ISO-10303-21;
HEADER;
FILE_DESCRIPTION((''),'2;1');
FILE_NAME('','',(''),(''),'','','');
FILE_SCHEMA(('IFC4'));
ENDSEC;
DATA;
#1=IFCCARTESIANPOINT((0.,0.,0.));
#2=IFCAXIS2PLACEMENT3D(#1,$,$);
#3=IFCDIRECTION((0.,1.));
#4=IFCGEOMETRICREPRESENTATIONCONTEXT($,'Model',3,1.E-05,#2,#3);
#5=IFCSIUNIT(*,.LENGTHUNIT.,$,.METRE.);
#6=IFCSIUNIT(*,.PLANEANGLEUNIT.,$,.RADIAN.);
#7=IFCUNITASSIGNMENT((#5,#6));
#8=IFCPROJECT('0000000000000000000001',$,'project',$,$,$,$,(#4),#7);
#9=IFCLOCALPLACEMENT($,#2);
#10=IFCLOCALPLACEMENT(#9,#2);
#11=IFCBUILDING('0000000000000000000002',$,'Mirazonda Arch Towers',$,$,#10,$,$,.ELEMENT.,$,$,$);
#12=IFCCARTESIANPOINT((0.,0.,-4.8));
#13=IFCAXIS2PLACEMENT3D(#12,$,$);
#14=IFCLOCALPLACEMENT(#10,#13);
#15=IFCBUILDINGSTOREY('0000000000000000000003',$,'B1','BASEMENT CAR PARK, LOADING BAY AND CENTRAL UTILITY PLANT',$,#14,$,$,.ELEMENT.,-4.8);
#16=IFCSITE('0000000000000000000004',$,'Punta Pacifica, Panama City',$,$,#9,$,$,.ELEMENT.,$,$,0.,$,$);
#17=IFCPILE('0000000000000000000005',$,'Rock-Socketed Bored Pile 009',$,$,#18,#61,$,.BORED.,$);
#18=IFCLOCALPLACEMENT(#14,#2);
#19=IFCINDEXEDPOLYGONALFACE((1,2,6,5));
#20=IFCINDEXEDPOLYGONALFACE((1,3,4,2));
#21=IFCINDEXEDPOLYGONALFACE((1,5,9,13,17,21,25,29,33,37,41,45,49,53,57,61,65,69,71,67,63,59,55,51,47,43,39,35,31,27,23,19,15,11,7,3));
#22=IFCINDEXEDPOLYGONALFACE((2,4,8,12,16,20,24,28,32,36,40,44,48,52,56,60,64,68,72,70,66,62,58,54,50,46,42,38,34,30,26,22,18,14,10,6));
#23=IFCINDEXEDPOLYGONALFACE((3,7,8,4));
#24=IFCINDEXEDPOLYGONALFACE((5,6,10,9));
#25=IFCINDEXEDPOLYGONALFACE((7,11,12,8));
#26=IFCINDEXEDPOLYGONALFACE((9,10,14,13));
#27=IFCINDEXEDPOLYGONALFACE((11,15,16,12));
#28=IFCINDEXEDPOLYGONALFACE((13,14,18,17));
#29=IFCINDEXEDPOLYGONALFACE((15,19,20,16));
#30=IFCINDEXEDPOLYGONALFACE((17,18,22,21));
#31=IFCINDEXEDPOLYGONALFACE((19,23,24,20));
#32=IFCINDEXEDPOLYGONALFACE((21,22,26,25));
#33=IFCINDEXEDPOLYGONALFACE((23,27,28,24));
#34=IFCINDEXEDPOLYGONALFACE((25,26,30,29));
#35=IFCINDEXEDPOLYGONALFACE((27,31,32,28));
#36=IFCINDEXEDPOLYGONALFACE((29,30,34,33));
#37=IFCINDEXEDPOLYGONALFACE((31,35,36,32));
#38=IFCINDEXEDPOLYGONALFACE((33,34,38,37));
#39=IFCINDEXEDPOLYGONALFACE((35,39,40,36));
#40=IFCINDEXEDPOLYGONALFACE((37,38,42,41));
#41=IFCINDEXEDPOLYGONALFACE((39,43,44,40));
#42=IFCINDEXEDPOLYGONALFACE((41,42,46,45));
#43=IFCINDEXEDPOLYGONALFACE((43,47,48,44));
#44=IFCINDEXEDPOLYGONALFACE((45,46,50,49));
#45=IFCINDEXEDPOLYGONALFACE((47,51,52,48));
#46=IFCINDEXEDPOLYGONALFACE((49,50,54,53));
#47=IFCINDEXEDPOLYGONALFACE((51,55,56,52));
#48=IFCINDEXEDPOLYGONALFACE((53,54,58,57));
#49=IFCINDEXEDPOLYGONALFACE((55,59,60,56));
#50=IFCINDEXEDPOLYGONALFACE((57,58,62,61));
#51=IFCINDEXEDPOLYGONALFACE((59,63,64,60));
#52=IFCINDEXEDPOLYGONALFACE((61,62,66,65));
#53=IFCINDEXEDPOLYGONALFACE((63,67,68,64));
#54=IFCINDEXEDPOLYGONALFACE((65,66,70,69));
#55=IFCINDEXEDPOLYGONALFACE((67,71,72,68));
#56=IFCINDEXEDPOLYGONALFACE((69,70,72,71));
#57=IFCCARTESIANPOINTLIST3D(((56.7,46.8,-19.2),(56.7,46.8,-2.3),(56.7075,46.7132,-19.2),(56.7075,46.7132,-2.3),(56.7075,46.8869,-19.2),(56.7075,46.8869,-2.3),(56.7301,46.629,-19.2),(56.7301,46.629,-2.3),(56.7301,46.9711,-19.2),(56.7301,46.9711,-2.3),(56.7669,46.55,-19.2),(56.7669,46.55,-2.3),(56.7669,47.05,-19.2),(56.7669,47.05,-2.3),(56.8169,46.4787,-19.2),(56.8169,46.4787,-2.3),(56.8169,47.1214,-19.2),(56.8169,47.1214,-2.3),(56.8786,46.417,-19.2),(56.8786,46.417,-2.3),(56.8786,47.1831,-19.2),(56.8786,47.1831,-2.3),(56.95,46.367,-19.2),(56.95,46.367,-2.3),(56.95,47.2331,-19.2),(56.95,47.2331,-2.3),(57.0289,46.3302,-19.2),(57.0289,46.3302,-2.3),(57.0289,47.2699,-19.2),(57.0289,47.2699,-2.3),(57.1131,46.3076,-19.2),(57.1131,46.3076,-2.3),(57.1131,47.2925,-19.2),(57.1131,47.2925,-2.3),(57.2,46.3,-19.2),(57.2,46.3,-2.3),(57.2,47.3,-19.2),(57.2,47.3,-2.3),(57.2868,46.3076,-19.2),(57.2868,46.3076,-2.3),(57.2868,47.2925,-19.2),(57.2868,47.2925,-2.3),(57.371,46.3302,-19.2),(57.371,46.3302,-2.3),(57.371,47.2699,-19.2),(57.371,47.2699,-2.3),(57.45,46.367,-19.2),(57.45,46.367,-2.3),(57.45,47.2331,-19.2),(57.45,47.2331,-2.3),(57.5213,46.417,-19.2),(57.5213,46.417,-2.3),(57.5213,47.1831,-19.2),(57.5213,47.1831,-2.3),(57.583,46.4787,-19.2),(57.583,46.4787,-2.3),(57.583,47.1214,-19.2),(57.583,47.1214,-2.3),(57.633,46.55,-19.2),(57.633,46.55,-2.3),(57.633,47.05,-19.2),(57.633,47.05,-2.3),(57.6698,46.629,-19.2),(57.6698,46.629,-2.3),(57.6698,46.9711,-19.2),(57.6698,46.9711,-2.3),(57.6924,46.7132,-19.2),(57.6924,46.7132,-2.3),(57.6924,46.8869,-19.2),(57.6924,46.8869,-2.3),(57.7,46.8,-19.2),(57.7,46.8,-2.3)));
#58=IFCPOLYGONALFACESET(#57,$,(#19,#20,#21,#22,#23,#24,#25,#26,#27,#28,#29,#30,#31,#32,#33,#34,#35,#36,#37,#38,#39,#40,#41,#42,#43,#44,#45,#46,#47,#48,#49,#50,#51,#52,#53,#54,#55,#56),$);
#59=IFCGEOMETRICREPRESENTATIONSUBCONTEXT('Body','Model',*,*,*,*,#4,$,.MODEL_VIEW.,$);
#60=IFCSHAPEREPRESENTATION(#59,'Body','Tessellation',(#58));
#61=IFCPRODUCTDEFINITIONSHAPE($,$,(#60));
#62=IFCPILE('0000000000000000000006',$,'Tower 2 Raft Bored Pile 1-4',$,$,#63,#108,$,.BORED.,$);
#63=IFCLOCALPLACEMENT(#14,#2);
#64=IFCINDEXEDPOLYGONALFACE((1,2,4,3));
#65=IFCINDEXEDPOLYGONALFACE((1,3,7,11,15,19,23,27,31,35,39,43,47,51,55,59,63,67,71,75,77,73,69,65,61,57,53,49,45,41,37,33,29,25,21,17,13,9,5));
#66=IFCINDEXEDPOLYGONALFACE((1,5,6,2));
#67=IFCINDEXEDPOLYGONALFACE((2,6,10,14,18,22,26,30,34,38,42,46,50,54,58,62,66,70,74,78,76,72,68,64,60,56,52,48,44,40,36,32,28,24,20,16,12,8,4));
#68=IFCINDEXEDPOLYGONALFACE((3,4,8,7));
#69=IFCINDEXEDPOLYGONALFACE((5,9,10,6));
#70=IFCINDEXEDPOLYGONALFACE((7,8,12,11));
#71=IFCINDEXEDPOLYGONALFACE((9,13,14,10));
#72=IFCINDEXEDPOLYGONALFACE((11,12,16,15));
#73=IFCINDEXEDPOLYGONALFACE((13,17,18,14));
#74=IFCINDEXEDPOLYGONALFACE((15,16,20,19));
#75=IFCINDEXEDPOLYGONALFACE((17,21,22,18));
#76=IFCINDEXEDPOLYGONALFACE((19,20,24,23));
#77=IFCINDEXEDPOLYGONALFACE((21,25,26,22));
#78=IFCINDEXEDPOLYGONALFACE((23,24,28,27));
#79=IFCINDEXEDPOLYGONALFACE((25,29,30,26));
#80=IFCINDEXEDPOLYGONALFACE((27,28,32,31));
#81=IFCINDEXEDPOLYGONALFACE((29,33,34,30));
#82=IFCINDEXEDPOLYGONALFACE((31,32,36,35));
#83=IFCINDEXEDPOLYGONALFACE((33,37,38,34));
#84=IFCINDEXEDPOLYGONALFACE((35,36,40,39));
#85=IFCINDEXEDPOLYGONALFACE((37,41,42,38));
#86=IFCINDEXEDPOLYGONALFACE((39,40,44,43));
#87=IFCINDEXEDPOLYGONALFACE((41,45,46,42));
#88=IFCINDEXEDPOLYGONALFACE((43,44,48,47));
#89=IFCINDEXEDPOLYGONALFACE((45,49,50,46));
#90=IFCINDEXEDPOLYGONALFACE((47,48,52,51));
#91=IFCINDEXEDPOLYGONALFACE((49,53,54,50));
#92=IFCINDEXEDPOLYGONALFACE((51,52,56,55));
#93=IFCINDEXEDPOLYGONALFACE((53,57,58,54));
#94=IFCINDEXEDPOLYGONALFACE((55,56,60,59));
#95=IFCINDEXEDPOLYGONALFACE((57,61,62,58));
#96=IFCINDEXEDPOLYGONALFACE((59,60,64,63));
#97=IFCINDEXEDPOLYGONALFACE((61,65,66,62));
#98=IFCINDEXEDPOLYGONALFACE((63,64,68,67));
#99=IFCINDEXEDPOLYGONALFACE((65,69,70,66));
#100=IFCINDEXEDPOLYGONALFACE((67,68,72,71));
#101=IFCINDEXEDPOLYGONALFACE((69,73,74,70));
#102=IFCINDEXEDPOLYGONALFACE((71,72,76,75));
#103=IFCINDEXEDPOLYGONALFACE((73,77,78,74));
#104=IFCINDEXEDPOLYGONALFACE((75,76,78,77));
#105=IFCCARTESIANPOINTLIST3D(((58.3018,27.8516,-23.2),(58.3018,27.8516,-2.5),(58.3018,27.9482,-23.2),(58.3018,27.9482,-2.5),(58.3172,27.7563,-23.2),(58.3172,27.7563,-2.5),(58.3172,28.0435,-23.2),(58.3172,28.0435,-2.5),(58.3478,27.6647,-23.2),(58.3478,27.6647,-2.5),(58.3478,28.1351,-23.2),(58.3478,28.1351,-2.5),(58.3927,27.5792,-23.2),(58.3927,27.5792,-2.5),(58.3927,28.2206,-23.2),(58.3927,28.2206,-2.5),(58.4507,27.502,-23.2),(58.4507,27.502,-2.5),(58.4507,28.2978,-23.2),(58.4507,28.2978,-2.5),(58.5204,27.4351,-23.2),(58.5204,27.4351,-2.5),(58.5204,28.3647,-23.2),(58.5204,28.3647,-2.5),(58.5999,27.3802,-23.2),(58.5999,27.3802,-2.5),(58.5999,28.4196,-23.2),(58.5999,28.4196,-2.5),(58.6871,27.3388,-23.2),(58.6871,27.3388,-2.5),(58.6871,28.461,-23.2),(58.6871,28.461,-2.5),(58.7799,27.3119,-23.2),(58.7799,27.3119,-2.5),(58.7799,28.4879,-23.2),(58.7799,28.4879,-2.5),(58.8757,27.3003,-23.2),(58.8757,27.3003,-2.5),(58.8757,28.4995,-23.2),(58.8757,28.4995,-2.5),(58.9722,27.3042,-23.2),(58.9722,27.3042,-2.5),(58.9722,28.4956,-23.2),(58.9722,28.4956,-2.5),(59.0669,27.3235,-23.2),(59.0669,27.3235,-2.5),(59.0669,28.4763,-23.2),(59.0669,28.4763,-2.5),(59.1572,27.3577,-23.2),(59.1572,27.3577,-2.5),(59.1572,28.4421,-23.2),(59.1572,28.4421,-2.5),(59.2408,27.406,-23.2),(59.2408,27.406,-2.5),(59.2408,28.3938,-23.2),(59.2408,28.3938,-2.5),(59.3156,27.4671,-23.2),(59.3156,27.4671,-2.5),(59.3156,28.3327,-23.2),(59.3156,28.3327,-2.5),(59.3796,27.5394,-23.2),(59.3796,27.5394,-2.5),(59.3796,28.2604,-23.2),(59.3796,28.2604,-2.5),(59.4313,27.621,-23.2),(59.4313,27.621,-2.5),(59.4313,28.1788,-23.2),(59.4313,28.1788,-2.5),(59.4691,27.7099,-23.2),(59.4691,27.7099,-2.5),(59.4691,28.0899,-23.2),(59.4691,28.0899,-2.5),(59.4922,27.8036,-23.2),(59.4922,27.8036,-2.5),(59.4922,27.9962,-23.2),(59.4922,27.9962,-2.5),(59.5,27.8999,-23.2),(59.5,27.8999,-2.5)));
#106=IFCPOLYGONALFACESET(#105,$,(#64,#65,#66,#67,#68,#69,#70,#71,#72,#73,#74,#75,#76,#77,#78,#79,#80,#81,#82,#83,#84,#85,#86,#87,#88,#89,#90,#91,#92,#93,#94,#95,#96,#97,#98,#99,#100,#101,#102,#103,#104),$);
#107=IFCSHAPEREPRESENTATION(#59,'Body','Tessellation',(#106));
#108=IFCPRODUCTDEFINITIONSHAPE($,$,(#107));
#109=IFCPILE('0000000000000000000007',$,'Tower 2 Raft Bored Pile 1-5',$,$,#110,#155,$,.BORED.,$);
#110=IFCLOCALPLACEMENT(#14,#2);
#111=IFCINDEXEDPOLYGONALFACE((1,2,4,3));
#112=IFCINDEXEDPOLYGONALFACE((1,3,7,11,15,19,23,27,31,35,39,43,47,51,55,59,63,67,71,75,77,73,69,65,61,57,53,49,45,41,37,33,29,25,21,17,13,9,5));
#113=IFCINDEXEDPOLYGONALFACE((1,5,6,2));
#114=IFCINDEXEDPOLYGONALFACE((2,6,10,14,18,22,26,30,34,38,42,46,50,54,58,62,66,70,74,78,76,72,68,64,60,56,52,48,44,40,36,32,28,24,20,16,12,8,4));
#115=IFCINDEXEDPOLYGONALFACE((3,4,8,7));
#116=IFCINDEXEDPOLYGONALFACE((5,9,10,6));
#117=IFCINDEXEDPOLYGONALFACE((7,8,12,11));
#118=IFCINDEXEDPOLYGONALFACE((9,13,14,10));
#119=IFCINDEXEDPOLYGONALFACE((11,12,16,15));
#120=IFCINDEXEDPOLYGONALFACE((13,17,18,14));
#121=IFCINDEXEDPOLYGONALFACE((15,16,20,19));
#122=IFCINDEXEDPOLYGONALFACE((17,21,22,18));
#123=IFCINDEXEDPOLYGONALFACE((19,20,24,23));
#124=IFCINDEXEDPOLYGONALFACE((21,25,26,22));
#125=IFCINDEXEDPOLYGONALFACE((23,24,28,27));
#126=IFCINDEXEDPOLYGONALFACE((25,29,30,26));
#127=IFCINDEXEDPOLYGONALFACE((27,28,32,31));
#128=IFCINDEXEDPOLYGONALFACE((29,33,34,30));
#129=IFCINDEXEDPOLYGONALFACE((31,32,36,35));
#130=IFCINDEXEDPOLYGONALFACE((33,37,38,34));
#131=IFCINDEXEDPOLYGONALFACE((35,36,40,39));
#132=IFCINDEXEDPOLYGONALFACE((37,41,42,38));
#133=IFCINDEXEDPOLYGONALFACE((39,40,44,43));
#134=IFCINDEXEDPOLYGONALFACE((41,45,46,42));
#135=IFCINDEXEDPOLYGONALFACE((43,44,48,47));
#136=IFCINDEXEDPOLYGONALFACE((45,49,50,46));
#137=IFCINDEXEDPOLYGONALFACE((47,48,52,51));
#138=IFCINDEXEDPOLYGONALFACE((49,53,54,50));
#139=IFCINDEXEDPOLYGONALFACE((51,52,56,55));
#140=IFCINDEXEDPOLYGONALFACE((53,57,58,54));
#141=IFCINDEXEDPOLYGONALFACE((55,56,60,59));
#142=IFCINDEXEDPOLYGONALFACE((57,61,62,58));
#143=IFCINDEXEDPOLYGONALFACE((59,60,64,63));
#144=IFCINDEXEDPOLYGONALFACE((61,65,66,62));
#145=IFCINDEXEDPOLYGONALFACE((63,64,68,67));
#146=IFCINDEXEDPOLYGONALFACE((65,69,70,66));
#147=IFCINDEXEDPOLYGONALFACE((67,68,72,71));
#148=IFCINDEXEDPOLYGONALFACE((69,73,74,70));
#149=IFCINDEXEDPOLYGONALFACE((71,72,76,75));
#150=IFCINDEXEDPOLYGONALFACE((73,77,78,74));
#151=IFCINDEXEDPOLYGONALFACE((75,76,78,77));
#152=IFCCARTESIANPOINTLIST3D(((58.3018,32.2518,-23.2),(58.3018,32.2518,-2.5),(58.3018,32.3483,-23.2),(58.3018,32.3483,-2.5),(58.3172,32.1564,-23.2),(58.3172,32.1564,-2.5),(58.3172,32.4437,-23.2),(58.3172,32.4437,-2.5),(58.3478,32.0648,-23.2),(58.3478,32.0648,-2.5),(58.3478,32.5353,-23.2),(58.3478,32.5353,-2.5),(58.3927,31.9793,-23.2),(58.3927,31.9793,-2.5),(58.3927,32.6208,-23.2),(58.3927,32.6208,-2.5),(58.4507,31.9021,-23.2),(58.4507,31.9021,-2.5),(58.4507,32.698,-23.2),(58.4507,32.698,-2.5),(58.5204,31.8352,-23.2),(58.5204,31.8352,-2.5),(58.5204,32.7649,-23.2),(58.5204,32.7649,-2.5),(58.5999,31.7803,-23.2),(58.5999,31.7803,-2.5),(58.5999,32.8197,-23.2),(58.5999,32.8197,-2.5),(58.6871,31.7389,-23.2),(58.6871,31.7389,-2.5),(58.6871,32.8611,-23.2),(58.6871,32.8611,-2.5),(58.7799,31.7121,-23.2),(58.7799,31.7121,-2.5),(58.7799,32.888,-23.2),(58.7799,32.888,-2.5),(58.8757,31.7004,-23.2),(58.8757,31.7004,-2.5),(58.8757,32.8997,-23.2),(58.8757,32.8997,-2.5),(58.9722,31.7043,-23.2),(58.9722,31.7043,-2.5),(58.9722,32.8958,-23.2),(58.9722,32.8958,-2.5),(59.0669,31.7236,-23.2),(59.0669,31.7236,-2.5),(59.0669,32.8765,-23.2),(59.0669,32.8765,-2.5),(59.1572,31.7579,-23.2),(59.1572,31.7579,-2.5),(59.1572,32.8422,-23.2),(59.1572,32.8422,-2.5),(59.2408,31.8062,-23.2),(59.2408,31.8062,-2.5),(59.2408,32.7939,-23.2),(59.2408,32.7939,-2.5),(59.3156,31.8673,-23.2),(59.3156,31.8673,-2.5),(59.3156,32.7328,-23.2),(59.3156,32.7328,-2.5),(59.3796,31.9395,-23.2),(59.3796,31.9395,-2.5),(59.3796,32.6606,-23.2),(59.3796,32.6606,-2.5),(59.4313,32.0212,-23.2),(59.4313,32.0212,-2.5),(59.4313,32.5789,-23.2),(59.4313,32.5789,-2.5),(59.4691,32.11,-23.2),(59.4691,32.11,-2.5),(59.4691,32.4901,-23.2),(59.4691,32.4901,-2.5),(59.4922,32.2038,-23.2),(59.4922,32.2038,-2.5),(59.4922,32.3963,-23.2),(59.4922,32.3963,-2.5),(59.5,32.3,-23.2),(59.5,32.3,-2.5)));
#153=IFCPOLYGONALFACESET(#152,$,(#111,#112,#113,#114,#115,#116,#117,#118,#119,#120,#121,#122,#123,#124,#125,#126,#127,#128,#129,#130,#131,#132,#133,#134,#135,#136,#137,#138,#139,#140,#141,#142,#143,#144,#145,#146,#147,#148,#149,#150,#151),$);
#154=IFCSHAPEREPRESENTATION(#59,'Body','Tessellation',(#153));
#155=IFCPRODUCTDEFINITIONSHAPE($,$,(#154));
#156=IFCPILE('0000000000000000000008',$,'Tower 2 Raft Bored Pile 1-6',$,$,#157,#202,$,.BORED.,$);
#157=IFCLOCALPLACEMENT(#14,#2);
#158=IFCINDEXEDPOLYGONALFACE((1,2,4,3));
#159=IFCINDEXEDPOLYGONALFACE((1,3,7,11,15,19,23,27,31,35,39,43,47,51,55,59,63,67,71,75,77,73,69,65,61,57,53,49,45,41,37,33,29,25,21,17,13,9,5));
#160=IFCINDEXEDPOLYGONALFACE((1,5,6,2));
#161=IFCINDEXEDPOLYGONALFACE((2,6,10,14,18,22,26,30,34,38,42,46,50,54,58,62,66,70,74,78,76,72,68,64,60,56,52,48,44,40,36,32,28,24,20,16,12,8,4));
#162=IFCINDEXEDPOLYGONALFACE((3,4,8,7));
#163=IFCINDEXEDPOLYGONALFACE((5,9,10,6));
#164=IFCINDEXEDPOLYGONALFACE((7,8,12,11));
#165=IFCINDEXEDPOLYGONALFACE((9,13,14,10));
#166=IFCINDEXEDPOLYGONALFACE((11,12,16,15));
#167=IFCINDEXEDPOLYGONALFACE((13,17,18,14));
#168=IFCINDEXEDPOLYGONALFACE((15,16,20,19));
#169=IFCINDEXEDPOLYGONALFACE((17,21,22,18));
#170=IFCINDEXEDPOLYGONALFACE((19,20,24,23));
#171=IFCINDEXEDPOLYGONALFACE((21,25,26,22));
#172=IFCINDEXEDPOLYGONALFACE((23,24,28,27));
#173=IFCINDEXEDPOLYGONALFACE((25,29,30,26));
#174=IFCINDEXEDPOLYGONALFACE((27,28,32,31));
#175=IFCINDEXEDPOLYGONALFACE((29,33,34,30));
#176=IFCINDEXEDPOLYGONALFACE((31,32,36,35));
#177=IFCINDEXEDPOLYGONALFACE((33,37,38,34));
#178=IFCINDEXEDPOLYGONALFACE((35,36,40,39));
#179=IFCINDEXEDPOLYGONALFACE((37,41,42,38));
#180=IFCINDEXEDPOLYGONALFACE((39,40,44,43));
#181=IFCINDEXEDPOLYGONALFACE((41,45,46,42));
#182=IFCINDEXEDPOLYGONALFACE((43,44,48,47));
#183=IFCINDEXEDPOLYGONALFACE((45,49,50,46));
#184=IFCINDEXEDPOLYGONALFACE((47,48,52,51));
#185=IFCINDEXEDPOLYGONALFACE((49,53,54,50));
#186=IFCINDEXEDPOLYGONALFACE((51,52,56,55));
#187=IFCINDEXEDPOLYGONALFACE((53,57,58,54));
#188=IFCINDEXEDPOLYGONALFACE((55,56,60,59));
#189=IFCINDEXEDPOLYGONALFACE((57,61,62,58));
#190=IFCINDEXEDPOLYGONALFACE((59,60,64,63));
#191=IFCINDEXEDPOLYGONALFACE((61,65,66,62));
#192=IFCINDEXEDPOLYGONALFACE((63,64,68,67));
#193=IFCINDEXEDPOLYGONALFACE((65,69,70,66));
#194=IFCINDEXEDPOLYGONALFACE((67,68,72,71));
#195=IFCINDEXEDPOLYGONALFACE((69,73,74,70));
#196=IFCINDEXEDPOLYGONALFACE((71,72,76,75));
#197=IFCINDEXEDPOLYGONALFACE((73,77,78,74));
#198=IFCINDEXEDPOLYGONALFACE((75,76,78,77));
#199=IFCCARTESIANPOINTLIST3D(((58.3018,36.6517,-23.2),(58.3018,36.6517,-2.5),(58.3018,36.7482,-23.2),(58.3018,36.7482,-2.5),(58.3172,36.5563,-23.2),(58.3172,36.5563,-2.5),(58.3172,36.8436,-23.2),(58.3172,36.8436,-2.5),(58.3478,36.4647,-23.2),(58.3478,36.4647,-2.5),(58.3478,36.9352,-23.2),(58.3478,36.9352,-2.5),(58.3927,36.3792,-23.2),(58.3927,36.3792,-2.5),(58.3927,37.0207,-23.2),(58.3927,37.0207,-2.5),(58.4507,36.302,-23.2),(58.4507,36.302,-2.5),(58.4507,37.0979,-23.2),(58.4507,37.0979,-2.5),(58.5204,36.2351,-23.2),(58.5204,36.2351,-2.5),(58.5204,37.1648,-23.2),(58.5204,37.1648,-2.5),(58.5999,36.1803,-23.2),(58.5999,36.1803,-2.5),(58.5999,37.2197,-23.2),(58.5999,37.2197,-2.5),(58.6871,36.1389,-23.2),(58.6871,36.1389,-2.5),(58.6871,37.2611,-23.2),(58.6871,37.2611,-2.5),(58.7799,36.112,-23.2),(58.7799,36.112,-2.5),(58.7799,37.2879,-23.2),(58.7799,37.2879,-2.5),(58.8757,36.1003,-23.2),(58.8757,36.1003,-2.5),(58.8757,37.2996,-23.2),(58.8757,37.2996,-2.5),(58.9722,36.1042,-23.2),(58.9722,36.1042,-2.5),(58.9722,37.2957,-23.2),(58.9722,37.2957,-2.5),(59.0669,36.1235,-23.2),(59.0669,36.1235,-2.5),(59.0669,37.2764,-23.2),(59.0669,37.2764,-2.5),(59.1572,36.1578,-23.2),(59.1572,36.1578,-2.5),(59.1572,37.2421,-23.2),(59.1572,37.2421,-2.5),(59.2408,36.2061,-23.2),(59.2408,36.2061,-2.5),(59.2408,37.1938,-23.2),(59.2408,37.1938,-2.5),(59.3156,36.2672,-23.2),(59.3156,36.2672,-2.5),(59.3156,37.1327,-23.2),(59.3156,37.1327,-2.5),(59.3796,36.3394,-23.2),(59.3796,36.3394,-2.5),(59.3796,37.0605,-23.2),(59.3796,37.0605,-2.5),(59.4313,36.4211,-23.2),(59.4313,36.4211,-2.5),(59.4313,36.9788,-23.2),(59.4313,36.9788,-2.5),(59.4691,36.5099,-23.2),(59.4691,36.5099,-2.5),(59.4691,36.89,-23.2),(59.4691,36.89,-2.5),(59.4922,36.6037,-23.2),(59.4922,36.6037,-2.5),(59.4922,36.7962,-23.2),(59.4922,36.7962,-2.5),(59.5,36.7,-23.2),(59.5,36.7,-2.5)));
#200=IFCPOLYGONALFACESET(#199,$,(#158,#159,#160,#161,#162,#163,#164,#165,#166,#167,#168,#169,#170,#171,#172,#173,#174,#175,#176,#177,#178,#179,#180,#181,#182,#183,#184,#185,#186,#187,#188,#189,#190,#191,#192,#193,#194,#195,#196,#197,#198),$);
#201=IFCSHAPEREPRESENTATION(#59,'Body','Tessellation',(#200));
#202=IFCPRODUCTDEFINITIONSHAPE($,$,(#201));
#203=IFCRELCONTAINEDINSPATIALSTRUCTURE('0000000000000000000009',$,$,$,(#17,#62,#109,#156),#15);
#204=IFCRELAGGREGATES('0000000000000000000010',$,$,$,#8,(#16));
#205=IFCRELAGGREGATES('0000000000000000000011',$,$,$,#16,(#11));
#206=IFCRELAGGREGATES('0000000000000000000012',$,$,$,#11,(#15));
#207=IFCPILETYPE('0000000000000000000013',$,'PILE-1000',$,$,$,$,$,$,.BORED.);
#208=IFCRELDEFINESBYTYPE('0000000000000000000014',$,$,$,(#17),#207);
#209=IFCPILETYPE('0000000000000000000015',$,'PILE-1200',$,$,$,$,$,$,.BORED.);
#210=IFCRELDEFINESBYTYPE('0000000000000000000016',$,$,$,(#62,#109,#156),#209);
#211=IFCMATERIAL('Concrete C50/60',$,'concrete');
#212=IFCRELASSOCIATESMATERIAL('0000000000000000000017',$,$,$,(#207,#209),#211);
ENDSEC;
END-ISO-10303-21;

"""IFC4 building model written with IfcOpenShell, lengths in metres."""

from ifc_helpers import new_model, si_unit, direction, frame, origin, origin_2d, place, context, subcontext, project, spatial, circle, extrude, material, material_profile, profile_set, type_object, element, save


model = new_model("IFC4")

# Units and contexts
model_context = context("Model", 3, precision=1e-05, world=origin(), true_north=direction((0.0, 1.0)))
body_context = subcontext(model_context, "Body", "Model", "MODEL_VIEW")
ifc_project = project(units=[si_unit("LENGTHUNIT", "METRE"), si_unit("PLANEANGLEUNIT", "RADIAN")], contexts=[model_context])

# Site, building, storey
site_placement = place(None, origin())
site = spatial("IfcSite", under=ifc_project, at=site_placement, Name="Punta Pacifica, Panama City", CompositionType="ELEMENT", RefElevation=0.0)
building_placement = place(site_placement, origin())
building = spatial("IfcBuilding", under=site, at=building_placement, Name="Mirazonda Arch Towers", CompositionType="ELEMENT")
storey_placement = place(building_placement, frame((0.0, 0.0, -4.8)))
storey = spatial("IfcBuildingStorey", under=building, at=storey_placement, Name="B1", Description="BASEMENT CAR PARK, LOADING BAY AND CENTRAL UTILITY PLANT", CompositionType="ELEMENT", Elevation=-4.8)

# Piles
ifc_material_1 = material(Name="Concrete C50/60", Category="concrete")
ifc_material_profile_1 = material_profile(ifc_material_1, circle(Radius=0.5, at=origin_2d()), Name="BORED-D1000")
ifc_profile_set_1 = profile_set([ifc_material_profile_1], Name="Concrete C50/60")
pile_type_1 = type_object("IfcPileType", Name="PILE-1000", PredefinedType="BORED", material=ifc_profile_set_1)
pile_placement = place(storey_placement, frame((57.2, 46.8, -2.3), z_axis=(0.0, 0.0, -1.0), x_axis=(1.0, 0.0, 0.0)))
element("IfcPile", 1, at=pile_placement, inside=storey, type_object=pile_type_1, Name="Rock-Socketed Bored Pile 009", PredefinedType="BORED", context=body_context, shape_type="SweptSolid", body=[
    extrude(circle(Radius=0.5, at=origin_2d()), origin(), (0.0, 0.0, 1.0), 16.8999),
])
ifc_material_profile_2 = material_profile(ifc_material_1, circle(Radius=0.6001, at=origin_2d()), Name="BORED-D1200")
ifc_profile_set_2 = profile_set([ifc_material_profile_2], Name="Concrete C50/60")
pile_type_2 = type_object("IfcPileType", Name="PILE-1200", PredefinedType="BORED", material=ifc_profile_set_2)
for number, where, z_axis, x_axis, name in (
    (2, (58.8999, 27.8999, -2.5), (0.0, 0.0, -1.0), (1.0, 0.0, 0.0), "Tower 2 Raft Bored Pile 1-4"),
    (3, (58.8999, 32.3, -2.5), (0.0, 0.0, -1.0), (1.0, 0.0, 0.0), "Tower 2 Raft Bored Pile 1-5"),
    (4, (58.8999, 36.7, -2.5), (0.0, 0.0, -1.0), (1.0, 0.0, 0.0), "Tower 2 Raft Bored Pile 1-6"),
):
    element("IfcPile", number, at=place(storey_placement, frame(where, z_axis=z_axis, x_axis=x_axis)), inside=storey, type_object=pile_type_2, Name=name, PredefinedType="BORED", context=body_context, shape_type="SweptSolid", body=[
        extrude(circle(Radius=0.6001, at=origin_2d()), origin(), (0.0, 0.0, 1.0), 20.7),
    ])

save(model, "model.ifc")
